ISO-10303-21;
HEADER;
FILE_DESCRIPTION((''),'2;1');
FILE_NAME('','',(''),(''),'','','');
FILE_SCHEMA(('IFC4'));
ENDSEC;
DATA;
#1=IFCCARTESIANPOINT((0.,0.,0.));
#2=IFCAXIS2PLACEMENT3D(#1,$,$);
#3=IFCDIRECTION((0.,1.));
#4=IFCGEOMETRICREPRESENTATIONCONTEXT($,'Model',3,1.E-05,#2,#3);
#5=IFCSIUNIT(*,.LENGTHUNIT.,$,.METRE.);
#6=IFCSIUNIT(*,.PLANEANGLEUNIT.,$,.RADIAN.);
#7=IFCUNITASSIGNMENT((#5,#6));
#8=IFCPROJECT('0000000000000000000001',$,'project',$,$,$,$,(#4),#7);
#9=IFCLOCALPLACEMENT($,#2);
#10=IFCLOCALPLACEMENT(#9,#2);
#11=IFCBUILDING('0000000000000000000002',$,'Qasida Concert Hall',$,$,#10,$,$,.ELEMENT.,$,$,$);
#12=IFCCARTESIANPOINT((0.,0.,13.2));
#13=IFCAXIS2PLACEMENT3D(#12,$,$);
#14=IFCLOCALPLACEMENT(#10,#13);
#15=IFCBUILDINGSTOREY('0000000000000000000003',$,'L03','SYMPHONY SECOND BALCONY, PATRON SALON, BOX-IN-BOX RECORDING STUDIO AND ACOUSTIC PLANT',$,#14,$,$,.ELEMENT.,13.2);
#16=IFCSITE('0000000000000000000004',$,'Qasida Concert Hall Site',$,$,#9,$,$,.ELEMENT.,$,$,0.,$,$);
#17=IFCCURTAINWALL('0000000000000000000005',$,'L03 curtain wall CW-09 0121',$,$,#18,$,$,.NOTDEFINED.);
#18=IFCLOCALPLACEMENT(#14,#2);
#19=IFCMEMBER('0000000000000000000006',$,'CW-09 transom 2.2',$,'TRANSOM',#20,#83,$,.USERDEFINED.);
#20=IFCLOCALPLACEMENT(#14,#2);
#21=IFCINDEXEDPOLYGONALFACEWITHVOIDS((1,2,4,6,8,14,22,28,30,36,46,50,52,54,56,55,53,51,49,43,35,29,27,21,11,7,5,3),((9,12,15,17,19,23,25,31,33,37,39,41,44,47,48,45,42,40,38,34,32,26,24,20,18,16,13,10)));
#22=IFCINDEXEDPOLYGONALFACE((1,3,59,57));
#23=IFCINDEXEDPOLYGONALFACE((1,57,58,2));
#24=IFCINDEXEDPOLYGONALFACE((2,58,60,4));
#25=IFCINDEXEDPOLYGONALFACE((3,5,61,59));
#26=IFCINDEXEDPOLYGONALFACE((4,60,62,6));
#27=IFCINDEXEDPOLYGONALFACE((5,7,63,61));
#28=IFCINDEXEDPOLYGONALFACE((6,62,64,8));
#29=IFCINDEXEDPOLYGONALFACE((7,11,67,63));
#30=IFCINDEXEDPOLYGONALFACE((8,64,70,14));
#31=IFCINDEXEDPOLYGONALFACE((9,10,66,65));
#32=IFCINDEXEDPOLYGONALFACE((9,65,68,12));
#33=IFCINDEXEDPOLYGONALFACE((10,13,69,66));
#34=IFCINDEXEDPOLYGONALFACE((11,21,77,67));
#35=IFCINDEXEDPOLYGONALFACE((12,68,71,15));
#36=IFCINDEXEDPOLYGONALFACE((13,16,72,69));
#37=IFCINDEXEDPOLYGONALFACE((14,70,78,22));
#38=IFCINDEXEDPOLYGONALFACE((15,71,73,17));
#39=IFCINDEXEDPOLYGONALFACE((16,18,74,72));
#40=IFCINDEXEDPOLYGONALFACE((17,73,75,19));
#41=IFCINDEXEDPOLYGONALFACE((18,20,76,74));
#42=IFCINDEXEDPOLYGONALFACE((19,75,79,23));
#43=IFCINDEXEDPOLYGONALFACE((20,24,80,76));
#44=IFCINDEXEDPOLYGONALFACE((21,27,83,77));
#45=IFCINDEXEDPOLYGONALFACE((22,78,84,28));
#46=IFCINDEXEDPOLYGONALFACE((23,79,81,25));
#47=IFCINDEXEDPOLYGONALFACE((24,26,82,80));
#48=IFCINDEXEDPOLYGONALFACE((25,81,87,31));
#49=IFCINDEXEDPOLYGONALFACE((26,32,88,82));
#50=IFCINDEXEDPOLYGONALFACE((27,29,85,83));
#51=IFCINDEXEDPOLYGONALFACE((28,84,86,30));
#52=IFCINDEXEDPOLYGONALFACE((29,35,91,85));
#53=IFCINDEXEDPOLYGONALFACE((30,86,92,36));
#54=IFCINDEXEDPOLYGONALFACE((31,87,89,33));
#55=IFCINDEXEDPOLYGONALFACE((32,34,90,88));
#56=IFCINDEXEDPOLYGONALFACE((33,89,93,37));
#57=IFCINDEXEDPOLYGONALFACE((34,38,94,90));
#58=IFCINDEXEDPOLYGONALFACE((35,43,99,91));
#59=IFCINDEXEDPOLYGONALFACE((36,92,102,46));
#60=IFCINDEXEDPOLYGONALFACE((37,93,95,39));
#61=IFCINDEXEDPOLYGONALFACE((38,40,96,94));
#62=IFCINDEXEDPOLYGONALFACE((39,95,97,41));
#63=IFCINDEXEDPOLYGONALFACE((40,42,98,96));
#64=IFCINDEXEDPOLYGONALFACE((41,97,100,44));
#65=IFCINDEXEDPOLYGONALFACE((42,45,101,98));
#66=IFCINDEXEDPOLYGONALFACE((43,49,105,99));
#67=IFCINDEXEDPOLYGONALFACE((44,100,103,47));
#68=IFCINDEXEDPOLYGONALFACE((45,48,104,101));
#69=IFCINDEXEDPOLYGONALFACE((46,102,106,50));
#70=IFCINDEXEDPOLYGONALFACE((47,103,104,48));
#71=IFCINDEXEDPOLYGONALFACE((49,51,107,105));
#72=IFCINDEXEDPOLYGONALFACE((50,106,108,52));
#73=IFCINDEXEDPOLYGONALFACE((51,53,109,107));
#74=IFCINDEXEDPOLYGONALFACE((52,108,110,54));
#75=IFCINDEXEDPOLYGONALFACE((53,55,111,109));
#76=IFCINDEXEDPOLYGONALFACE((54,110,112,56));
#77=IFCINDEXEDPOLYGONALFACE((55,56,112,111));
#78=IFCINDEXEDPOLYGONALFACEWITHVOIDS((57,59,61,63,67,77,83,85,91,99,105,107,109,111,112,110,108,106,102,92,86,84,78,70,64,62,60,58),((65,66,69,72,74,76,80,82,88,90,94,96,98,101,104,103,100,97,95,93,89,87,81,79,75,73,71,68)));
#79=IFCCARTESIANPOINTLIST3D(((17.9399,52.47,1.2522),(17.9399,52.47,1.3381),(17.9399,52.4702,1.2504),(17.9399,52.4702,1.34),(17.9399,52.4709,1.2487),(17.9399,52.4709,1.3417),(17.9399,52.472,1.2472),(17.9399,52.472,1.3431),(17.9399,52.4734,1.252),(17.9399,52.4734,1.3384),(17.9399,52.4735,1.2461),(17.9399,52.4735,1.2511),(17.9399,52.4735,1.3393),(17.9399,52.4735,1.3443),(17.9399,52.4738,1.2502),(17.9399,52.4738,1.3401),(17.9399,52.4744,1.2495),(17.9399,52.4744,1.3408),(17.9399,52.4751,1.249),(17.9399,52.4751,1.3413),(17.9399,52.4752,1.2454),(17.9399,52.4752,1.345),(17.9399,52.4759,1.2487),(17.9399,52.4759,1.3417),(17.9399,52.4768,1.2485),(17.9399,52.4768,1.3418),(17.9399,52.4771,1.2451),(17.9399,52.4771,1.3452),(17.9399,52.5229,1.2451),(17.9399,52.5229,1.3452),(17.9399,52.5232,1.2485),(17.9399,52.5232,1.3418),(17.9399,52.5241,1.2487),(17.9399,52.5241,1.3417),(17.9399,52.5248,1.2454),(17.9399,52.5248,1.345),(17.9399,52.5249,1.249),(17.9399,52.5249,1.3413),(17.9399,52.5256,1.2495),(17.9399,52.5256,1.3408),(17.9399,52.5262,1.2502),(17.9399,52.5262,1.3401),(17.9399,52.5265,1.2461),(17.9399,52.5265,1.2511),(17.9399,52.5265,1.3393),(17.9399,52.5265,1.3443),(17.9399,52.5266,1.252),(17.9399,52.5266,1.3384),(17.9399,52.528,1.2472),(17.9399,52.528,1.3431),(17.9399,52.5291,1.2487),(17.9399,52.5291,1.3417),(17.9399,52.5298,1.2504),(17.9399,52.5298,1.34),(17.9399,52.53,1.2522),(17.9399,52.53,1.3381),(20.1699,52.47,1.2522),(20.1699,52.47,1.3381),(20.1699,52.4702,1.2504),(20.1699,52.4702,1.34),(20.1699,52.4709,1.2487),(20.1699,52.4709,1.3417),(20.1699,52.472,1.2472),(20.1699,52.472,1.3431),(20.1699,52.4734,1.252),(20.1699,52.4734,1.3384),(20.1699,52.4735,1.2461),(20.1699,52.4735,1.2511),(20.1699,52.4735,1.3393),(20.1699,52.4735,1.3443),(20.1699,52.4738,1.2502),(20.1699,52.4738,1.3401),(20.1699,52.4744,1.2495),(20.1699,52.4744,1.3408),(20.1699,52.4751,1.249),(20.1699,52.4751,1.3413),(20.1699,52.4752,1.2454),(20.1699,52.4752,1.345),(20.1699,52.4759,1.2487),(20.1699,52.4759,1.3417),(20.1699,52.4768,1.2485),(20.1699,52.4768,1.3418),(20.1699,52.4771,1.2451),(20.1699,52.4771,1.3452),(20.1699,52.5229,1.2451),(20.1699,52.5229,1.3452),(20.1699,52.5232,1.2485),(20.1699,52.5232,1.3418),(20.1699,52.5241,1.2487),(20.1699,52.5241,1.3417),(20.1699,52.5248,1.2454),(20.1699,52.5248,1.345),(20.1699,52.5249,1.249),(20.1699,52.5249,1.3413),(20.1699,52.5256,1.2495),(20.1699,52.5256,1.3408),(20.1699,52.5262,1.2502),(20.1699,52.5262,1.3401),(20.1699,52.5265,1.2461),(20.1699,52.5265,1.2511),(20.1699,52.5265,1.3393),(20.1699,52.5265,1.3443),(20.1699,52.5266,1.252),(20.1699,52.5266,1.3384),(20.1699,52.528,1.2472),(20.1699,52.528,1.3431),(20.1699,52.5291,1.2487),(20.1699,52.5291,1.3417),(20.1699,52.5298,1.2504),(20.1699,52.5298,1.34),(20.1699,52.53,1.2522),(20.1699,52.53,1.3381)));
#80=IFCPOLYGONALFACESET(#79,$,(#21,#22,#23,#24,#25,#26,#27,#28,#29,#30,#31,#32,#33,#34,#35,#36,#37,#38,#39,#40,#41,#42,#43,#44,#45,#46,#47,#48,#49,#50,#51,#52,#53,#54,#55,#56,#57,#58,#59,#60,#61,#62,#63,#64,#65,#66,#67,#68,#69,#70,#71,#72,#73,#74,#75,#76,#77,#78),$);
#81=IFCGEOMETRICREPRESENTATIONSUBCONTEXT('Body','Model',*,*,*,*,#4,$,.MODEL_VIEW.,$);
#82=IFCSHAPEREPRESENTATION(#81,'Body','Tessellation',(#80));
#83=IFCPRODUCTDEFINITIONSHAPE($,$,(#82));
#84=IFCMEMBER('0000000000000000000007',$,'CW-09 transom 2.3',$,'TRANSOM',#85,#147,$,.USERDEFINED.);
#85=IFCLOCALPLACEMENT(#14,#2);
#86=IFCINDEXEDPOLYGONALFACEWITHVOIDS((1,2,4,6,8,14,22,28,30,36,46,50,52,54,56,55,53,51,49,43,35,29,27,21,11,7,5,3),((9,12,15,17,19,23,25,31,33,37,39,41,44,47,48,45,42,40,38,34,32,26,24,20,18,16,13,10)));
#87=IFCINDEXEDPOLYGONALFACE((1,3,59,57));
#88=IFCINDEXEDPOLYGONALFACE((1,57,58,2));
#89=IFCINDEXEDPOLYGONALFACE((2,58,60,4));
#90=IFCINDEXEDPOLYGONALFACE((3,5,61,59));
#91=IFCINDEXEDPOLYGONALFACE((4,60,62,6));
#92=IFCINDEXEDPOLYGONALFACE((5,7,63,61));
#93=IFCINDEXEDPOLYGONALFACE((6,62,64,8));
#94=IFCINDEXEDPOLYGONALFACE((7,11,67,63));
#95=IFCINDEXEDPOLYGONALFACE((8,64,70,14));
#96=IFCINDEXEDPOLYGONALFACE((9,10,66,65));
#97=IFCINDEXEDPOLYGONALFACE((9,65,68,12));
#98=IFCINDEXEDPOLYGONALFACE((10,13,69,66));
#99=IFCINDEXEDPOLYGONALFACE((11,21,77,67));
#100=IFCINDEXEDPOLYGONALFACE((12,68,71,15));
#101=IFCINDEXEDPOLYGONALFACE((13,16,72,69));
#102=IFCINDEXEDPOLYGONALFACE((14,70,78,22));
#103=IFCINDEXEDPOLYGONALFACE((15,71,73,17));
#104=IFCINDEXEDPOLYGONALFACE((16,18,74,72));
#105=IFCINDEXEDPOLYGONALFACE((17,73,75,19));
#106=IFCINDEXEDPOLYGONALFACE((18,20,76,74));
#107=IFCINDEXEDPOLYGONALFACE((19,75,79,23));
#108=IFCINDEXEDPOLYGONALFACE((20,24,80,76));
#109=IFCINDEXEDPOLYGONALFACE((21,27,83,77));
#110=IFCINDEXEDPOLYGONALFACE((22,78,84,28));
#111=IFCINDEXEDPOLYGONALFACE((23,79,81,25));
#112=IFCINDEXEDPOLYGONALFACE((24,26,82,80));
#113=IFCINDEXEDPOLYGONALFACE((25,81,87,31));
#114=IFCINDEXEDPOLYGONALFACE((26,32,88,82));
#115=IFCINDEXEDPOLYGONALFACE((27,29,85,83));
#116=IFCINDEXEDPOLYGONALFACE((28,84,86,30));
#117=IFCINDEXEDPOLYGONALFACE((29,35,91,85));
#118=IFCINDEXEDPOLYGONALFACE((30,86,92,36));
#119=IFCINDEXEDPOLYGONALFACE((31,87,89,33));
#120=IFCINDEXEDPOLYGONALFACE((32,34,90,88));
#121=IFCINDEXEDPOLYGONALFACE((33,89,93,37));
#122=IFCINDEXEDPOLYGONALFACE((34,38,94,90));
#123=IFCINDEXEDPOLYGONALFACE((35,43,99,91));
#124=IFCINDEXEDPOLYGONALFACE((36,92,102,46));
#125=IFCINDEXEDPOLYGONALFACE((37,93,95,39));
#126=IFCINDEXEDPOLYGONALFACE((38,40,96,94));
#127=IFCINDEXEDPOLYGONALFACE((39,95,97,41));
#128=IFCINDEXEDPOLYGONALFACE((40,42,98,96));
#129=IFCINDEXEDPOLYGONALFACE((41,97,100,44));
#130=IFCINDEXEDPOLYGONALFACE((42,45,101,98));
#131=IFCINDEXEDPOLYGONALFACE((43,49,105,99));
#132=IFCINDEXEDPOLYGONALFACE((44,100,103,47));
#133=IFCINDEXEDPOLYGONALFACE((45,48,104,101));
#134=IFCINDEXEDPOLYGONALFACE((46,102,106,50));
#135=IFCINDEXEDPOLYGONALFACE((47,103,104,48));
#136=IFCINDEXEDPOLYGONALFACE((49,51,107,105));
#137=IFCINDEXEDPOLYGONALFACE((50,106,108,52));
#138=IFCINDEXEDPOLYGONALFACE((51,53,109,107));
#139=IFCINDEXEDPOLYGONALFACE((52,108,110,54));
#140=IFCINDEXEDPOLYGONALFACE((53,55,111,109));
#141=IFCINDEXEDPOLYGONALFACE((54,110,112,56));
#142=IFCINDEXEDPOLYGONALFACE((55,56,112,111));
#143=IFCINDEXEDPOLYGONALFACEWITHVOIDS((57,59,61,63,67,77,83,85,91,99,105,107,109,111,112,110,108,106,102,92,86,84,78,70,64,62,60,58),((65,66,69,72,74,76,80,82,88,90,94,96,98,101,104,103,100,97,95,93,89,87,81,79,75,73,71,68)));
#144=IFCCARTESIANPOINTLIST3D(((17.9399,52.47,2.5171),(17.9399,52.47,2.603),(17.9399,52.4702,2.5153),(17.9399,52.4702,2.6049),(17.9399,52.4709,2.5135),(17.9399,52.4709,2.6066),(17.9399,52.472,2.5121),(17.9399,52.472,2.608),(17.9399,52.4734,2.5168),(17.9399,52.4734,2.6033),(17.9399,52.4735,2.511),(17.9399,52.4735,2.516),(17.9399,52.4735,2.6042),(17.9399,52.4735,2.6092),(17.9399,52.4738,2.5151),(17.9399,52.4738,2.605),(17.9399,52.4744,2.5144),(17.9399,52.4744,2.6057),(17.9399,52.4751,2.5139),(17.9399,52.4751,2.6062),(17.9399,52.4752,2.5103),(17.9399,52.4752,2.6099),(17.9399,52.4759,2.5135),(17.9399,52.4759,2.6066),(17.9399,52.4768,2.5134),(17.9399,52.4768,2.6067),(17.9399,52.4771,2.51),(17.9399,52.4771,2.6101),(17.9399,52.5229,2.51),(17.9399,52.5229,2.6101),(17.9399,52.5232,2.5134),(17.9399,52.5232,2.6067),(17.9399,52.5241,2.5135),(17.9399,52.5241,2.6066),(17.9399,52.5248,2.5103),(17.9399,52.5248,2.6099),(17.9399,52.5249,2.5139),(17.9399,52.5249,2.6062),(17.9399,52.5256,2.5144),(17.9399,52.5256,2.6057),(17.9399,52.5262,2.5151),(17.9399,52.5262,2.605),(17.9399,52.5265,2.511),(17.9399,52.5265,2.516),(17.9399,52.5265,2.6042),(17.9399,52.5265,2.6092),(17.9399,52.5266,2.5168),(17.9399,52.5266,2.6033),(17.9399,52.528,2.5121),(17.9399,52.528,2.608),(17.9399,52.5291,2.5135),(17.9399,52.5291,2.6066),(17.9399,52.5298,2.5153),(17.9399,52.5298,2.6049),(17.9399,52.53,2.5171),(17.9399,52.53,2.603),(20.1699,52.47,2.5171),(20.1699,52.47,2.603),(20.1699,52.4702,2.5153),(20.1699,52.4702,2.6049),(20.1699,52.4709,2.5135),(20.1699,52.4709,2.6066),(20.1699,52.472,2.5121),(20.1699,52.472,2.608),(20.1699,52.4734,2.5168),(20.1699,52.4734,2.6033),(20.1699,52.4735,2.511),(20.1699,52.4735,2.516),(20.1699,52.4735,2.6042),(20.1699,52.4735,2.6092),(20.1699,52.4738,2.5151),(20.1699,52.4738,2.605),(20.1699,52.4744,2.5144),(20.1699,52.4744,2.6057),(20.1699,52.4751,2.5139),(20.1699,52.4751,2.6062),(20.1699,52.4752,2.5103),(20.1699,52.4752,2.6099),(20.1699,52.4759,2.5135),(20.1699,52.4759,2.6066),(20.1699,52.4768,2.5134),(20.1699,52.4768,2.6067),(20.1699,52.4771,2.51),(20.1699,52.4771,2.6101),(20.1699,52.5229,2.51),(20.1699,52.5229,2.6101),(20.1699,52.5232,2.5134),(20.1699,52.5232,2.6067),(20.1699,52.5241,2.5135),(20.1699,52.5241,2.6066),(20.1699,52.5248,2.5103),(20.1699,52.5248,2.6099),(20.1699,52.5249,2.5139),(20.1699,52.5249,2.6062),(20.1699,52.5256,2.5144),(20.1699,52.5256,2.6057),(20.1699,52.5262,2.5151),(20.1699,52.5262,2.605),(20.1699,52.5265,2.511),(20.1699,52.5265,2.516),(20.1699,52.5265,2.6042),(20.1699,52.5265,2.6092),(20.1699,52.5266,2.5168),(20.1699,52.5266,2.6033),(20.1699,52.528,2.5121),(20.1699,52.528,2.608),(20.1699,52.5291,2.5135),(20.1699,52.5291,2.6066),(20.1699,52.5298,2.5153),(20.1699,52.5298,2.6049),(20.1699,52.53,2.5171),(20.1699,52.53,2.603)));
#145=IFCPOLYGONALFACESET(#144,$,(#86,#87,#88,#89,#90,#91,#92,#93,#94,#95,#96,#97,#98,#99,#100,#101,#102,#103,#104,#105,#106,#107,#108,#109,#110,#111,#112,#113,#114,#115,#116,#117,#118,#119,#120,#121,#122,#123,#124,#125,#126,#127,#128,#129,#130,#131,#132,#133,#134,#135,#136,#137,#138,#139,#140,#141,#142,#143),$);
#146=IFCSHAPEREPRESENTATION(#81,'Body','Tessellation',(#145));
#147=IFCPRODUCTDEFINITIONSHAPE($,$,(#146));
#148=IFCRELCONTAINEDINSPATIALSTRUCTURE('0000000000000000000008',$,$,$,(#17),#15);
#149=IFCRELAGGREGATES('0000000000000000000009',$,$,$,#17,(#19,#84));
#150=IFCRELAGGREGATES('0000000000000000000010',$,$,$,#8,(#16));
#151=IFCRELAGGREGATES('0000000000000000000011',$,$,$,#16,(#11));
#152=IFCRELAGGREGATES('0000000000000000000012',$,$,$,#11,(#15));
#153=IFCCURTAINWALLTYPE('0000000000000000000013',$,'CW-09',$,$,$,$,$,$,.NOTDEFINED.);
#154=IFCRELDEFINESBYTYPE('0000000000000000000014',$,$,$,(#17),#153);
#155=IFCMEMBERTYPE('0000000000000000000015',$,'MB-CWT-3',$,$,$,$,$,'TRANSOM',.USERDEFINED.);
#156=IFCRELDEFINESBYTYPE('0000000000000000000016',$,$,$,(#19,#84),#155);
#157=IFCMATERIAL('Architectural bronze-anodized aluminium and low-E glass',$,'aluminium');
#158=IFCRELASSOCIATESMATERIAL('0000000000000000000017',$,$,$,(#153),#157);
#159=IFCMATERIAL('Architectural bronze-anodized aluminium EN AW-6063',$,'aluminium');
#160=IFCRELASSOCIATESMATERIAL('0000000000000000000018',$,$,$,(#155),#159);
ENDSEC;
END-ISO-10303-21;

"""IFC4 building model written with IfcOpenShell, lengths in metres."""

from ifc_helpers import new_model, si_unit, direction, frame, origin, origin_2d, place, context, subcontext, project, spatial, hollow_rectangle, extrude, material, material_profile, profile_set, type_object, element, aggregate, save


model = new_model("IFC4")

# Units and contexts
model_context = context("Model", 3, precision=1e-05, world=origin(), true_north=direction((0.0, 1.0)))
body_context = subcontext(model_context, "Body", "Model", "MODEL_VIEW")
ifc_project = project(units=[si_unit("LENGTHUNIT", "METRE"), si_unit("PLANEANGLEUNIT", "RADIAN")], contexts=[model_context])

# Site, building, storey
site_placement = place(None, origin())
site = spatial("IfcSite", under=ifc_project, at=site_placement, Name="Qasida Concert Hall Site", CompositionType="ELEMENT", RefElevation=0.0)
building_placement = place(site_placement, origin())
building = spatial("IfcBuilding", under=site, at=building_placement, Name="Qasida Concert Hall", CompositionType="ELEMENT")
storey_placement = place(building_placement, frame((0.0, 0.0, 13.2)))
storey = spatial("IfcBuildingStorey", under=building, at=storey_placement, Name="L03", Description="SYMPHONY SECOND BALCONY, PATRON SALON, BOX-IN-BOX RECORDING STUDIO AND ACOUSTIC PLANT", CompositionType="ELEMENT", Elevation=13.2)

# Shared definitions
ifc_material_1 = material(Name="Architectural bronze-anodized aluminium and low-E glass", Category="aluminium")
curtain_wall_type = type_object("IfcCurtainWallType", Name="CW-09", PredefinedType="NOTDEFINED", material=ifc_material_1)
ifc_material_2 = material(Name="Architectural bronze-anodized aluminium EN AW-6063", Category="aluminium")

# Curtain wall
curtain_wall_1_placement = place(storey_placement, origin())
curtain_wall_1 = element("IfcCurtainWall", 1, at=curtain_wall_1_placement, inside=storey, type_object=curtain_wall_type, Name="L03 curtain wall CW-09 0121", PredefinedType="NOTDEFINED")

# Members
ifc_material_profile_1 = material_profile(ifc_material_2, hollow_rectangle(XDim=0.0601, YDim=0.1001, WallThickness=0.0034, InnerFilletRadius=0.0034, OuterFilletRadius=0.0071, at=origin_2d()), Name="CWT 100x60x3.5")
ifc_profile_set_1 = profile_set([ifc_material_profile_1], Name="Architectural bronze-anodized aluminium EN AW-6063")
member_type_1 = type_object("IfcMemberType", Name="MB-CWT-3", ElementType="TRANSOM", PredefinedType="USERDEFINED", material=ifc_profile_set_1)
member_1_placement = place(storey_placement, frame((17.9399, 52.5, 1.2952), z_axis=(1.0, 0.0, 0.0), x_axis=(0.0, 1.0, 0.0)))
member_1 = element("IfcMember", 2, at=member_1_placement, type_object=member_type_1, Name="CW-09 transom 2.2", ObjectType="TRANSOM", PredefinedType="USERDEFINED", context=body_context, shape_type="SweptSolid", body=[
    extrude(hollow_rectangle(XDim=0.0601, YDim=0.1001, WallThickness=0.0034, InnerFilletRadius=0.0034, OuterFilletRadius=0.0071, at=origin_2d()), origin(), (0.0, 0.0, 1.0), 2.23),
])
member_2_placement = place(storey_placement, frame((17.9399, 52.5, 2.5601), z_axis=(1.0, 0.0, 0.0), x_axis=(0.0, 1.0, 0.0)))
member_2 = element("IfcMember", 3, at=member_2_placement, type_object=member_type_1, Name="CW-09 transom 2.3", ObjectType="TRANSOM", PredefinedType="USERDEFINED", context=body_context, shape_type="SweptSolid", body=[
    extrude(hollow_rectangle(XDim=0.0601, YDim=0.1001, WallThickness=0.0034, InnerFilletRadius=0.0034, OuterFilletRadius=0.0071, at=origin_2d()), origin(), (0.0, 0.0, 1.0), 2.23),
])

aggregate(curtain_wall_1, [member_1, member_2])

save(model, "model.ifc")
